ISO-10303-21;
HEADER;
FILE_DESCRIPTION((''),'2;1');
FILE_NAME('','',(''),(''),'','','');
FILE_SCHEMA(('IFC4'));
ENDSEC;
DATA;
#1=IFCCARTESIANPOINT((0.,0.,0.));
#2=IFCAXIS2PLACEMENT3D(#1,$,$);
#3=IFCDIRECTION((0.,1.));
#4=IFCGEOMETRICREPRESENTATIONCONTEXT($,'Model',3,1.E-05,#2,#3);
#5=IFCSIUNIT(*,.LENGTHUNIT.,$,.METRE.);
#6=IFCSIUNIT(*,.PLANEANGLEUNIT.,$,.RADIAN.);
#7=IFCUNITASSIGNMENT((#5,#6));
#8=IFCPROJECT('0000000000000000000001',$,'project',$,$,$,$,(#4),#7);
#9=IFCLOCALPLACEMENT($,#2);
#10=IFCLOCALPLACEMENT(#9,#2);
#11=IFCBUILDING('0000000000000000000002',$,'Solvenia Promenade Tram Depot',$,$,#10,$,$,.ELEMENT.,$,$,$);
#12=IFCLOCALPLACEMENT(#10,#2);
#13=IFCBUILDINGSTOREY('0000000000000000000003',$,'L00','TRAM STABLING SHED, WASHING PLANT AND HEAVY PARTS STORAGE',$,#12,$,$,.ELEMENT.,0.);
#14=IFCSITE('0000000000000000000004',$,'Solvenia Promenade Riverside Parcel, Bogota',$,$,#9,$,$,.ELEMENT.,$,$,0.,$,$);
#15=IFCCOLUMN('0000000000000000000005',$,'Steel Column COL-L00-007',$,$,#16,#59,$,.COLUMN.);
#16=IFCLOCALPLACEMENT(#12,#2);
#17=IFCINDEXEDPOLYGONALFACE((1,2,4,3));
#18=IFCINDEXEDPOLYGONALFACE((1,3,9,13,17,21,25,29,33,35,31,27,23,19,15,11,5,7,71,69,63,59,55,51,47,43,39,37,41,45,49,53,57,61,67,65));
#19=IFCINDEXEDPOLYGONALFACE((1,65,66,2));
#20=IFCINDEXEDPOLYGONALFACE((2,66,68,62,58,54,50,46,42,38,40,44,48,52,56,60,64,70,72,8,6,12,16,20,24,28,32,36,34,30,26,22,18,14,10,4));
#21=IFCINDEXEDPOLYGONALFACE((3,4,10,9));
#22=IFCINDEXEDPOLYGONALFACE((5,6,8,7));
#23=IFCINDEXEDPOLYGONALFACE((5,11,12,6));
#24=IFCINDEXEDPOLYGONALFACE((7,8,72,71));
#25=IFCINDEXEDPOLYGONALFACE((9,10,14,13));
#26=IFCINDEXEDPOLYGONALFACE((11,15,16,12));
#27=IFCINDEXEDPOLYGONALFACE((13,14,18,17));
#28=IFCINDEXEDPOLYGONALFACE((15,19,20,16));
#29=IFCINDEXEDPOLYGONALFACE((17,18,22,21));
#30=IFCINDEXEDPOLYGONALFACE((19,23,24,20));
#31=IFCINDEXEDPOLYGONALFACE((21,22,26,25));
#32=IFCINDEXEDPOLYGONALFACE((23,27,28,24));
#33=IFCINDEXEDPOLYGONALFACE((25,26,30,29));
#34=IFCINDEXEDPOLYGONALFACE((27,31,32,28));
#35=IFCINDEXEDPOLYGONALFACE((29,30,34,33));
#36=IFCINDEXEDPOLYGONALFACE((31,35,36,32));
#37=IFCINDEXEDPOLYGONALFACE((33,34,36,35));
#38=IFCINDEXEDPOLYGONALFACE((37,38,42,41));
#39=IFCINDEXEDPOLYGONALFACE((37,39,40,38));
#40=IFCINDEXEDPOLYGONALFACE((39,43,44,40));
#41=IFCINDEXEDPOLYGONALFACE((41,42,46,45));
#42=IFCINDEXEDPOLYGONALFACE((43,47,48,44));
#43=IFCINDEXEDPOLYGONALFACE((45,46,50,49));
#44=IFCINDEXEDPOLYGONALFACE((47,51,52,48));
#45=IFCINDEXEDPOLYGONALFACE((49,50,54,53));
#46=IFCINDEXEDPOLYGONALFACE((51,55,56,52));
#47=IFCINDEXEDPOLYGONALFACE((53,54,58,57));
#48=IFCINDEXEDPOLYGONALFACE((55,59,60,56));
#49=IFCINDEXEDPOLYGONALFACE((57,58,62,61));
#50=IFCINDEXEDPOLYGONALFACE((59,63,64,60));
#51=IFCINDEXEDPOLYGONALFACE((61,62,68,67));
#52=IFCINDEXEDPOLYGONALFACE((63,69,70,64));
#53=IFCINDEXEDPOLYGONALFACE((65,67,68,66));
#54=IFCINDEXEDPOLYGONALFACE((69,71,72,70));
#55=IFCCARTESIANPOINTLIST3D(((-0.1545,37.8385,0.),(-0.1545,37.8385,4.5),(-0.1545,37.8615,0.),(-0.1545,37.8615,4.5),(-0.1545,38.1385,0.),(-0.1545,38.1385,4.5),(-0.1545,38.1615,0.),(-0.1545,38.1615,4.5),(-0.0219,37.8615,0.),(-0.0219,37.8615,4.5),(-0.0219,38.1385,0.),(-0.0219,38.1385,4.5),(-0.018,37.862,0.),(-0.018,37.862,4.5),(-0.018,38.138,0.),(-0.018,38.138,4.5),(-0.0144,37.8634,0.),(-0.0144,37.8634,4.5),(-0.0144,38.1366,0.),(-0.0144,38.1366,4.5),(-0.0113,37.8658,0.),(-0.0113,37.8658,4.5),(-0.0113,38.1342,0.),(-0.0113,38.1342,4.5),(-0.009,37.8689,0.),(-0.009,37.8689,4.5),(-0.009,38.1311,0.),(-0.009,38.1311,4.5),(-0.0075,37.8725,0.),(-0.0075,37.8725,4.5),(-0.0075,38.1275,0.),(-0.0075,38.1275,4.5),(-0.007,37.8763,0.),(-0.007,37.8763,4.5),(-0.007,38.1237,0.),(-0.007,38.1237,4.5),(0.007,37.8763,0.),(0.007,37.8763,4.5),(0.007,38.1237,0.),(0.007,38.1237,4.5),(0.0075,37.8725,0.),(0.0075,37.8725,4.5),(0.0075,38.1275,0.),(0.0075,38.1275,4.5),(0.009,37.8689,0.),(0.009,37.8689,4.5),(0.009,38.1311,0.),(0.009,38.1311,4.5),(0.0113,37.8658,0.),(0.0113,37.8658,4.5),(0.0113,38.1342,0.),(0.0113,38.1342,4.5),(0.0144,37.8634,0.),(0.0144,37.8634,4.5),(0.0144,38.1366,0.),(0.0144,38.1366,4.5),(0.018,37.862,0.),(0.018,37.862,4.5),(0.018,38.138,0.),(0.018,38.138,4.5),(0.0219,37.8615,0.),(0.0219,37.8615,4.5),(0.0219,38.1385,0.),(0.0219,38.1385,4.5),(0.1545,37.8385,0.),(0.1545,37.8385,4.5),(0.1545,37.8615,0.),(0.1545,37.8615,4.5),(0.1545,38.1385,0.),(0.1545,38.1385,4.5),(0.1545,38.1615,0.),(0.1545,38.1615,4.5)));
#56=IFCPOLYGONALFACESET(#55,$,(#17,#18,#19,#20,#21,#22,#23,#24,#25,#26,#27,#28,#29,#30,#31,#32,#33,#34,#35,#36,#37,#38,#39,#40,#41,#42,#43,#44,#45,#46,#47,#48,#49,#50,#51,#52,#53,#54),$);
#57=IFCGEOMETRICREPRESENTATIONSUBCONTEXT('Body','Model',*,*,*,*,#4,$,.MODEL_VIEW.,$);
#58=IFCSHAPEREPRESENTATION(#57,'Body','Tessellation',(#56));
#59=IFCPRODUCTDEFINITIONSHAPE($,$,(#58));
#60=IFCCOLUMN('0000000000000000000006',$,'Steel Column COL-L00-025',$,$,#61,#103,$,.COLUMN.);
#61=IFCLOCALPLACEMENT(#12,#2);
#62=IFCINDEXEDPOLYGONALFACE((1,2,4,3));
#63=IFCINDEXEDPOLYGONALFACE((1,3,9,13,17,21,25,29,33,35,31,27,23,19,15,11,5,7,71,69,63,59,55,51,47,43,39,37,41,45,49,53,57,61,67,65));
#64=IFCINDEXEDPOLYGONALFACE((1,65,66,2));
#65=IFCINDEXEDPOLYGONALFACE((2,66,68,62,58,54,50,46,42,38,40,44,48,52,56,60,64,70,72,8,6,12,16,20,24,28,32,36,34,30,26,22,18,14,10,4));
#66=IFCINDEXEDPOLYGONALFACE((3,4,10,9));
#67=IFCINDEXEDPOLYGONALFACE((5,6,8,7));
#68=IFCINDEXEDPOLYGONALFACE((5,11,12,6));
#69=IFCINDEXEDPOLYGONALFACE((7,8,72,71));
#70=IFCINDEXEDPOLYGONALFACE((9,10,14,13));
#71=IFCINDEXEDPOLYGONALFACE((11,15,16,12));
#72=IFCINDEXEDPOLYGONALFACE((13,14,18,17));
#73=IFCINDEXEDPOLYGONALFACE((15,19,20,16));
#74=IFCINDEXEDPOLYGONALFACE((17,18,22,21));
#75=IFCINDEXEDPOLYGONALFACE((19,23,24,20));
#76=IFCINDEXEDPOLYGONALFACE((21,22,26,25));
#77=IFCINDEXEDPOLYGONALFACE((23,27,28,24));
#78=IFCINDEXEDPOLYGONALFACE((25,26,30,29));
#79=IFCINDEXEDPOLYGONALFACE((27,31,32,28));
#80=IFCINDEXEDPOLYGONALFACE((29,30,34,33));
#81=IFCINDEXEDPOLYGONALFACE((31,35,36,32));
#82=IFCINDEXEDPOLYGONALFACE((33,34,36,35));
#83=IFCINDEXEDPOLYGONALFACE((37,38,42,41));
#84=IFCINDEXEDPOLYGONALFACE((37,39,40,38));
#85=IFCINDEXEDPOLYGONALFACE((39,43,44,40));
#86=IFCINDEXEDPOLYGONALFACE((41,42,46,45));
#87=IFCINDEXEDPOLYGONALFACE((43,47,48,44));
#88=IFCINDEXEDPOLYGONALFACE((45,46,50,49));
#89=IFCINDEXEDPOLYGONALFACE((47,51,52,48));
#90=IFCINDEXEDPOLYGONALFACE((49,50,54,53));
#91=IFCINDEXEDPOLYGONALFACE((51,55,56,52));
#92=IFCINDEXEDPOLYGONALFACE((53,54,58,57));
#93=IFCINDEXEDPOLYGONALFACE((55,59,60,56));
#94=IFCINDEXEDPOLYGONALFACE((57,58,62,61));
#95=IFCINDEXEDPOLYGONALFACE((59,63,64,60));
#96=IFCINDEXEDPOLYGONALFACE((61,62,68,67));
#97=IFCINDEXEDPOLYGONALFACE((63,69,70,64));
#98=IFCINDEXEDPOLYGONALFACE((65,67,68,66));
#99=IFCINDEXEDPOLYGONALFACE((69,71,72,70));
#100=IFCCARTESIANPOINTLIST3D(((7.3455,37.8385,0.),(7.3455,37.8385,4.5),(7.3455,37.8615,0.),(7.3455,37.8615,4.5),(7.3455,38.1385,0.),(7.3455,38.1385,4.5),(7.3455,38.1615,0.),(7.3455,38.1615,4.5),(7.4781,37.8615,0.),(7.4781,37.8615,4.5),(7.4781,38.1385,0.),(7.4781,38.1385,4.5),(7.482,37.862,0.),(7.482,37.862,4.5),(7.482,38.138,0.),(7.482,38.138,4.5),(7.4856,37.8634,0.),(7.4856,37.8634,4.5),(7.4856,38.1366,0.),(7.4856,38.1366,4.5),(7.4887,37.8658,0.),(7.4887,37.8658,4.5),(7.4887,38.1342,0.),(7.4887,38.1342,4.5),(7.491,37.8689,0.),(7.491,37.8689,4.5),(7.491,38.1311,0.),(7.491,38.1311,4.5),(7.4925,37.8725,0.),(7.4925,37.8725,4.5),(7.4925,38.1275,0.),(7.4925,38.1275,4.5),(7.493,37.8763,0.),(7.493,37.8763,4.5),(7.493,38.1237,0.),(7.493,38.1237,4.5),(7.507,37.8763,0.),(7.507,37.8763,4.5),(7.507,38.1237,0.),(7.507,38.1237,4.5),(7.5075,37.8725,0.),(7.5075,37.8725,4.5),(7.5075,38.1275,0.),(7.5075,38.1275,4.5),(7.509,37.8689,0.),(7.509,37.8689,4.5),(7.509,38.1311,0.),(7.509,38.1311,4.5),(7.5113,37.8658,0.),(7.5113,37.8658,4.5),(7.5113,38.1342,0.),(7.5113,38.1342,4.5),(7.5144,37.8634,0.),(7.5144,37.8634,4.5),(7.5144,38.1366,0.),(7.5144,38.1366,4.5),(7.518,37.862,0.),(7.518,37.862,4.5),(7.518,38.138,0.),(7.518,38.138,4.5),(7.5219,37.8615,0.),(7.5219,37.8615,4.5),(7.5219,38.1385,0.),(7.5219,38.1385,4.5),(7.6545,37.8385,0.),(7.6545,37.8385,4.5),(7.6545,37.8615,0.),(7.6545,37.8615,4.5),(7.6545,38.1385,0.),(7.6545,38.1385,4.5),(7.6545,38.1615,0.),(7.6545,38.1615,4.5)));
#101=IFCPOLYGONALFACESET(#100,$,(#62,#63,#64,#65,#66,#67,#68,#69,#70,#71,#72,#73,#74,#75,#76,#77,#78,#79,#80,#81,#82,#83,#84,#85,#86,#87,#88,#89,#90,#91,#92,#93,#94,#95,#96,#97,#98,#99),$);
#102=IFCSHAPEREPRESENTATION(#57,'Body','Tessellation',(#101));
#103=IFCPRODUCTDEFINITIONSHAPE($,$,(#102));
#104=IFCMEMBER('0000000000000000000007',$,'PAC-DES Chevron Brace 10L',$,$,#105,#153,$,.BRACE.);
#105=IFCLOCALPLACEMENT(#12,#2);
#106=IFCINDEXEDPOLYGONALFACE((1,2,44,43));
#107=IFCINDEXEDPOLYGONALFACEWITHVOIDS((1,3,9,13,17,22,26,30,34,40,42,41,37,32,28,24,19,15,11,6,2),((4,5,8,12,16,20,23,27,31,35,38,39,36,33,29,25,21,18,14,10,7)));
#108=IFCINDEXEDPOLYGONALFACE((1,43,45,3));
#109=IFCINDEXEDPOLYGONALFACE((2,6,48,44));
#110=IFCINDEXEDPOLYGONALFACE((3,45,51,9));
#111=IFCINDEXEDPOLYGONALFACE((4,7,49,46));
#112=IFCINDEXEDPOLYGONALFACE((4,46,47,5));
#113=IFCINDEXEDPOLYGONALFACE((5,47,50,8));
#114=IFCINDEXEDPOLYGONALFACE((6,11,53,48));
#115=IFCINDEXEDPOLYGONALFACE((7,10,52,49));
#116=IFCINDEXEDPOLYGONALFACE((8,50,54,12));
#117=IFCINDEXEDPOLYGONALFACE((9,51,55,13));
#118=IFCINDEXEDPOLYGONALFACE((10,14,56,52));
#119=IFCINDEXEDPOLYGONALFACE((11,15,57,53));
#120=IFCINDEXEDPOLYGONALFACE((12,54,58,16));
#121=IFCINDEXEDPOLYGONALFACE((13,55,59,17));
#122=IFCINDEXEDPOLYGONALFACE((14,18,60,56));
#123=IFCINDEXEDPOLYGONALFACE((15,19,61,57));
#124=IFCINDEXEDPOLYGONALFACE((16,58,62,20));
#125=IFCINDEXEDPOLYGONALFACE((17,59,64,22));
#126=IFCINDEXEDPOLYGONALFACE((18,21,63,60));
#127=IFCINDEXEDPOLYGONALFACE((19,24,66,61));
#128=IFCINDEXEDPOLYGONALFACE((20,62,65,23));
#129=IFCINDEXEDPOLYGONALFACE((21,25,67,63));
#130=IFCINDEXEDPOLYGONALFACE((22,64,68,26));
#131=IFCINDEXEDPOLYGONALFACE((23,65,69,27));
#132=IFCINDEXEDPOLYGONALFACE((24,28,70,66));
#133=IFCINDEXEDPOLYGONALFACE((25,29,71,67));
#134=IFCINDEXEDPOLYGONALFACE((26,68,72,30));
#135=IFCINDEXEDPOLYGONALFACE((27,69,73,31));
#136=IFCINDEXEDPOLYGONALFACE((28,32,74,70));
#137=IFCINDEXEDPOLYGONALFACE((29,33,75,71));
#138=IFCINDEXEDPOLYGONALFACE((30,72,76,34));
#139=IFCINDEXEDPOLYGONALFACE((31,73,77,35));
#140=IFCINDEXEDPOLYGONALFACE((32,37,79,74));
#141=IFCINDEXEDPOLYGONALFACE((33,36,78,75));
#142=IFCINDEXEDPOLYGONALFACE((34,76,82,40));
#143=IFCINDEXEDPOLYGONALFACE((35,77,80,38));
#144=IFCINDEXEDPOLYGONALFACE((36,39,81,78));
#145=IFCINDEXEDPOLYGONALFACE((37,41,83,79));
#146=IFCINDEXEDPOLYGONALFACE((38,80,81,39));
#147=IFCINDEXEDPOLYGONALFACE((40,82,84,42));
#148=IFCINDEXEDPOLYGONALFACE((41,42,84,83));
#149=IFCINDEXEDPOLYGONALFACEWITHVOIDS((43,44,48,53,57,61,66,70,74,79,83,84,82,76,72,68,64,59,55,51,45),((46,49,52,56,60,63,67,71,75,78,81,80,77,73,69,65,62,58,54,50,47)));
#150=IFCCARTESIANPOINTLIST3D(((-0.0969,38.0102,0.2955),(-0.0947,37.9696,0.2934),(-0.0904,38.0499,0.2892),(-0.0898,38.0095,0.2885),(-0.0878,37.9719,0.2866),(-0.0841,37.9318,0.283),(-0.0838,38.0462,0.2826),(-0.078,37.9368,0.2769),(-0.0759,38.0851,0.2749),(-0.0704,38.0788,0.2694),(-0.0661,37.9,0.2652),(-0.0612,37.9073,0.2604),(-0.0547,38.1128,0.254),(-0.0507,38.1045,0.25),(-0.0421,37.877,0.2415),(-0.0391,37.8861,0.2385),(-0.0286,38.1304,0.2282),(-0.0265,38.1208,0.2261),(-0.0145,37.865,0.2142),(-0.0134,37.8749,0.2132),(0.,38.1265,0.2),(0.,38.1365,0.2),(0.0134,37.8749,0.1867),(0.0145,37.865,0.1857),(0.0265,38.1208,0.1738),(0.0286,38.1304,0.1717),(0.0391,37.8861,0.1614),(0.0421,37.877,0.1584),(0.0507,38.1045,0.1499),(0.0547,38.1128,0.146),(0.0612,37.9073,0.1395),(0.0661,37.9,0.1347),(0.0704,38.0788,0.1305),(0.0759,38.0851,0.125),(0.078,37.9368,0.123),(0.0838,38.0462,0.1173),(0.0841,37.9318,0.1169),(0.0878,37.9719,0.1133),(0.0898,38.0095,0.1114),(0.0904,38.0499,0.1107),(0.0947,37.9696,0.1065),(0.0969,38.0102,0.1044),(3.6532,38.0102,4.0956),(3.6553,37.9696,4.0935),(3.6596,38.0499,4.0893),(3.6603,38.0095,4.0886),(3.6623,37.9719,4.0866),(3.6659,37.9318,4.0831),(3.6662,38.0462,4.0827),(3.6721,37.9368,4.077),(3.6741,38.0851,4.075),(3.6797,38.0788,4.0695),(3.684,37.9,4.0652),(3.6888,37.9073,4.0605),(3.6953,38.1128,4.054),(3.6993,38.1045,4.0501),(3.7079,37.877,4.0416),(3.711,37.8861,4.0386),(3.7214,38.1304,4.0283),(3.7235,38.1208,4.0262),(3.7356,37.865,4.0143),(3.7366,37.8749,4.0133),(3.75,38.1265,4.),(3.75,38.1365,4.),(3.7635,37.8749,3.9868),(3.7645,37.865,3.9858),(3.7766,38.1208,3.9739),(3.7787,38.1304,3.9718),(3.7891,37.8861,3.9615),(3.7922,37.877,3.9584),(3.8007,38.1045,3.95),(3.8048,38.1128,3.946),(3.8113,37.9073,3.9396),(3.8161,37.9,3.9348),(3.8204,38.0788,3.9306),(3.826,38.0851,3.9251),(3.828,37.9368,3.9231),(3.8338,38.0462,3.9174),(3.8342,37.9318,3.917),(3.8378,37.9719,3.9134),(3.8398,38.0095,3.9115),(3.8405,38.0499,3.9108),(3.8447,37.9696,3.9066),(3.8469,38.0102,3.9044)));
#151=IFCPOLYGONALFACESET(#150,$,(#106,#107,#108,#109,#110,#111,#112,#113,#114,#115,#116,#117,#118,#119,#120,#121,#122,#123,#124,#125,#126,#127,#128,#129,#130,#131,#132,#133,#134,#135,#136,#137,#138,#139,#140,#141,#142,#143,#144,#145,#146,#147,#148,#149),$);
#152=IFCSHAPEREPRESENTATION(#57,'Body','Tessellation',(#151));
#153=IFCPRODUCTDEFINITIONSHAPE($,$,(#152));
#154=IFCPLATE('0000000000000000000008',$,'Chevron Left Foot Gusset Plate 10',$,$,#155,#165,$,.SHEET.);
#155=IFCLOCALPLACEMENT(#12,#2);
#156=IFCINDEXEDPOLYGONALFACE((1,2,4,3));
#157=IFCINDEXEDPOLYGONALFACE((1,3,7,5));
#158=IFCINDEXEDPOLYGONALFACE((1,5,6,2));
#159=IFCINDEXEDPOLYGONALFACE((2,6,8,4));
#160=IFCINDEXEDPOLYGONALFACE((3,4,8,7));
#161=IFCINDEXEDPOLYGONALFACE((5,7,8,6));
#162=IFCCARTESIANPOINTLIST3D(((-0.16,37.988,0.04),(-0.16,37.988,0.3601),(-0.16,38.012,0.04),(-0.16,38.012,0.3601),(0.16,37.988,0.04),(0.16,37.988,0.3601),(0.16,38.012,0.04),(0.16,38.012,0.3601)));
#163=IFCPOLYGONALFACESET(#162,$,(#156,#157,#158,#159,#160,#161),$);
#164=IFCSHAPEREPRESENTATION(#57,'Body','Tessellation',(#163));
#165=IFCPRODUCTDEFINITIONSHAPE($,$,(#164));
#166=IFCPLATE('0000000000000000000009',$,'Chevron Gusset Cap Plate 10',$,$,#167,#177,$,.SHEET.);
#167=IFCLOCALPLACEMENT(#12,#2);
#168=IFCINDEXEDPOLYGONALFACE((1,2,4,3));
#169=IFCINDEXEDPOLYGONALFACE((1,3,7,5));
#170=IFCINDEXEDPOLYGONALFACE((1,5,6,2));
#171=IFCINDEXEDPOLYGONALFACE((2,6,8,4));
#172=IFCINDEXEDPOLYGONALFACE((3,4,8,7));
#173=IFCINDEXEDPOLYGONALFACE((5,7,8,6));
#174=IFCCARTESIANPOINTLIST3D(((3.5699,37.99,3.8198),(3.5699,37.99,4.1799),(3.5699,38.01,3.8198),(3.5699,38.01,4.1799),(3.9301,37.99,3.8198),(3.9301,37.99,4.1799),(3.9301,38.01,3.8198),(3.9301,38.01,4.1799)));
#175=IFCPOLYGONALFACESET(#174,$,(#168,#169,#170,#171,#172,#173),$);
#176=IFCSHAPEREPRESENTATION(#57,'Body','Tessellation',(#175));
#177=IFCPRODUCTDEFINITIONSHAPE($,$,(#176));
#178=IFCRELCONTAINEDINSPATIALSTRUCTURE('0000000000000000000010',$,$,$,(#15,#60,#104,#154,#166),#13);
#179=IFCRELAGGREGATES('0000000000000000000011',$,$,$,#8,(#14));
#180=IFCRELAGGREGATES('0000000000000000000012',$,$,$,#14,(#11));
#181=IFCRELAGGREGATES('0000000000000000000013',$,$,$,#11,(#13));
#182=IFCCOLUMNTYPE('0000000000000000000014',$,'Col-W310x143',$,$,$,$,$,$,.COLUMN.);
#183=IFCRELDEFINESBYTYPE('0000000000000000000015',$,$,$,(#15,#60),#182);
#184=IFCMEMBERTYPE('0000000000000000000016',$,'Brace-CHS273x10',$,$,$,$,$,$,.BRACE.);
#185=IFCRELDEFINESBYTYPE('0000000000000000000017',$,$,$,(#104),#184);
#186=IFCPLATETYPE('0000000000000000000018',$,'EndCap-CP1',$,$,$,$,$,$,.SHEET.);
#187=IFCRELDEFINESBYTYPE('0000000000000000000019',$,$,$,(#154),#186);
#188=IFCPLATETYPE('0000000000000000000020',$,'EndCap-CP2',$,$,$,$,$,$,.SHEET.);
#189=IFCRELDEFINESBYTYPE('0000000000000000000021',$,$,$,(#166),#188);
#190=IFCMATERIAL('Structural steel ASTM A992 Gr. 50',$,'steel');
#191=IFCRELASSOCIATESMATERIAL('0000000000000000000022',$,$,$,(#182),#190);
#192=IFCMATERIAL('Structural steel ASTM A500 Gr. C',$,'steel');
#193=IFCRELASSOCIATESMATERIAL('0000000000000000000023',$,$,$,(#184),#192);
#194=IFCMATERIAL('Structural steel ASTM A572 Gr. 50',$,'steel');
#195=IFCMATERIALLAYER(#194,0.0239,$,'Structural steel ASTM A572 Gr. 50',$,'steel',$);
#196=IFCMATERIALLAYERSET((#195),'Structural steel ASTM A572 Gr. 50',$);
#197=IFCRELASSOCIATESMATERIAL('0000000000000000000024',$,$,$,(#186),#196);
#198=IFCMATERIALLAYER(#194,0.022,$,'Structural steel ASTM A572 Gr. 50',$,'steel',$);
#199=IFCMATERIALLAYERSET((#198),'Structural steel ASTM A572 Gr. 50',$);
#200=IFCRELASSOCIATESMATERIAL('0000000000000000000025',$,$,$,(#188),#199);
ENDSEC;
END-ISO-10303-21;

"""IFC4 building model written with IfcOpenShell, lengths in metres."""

from ifc_helpers import new_model, si_unit, direction, frame, origin, origin_2d, place, context, subcontext, project, spatial, rectangle, hollow_circle, i_section, extrude, material, layer, layer_set, material_profile, profile_set, type_object, element, save


model = new_model("IFC4")

# Units and contexts
model_context = context("Model", 3, precision=1e-05, world=origin(), true_north=direction((0.0, 1.0)))
body_context = subcontext(model_context, "Body", "Model", "MODEL_VIEW")
ifc_project = project(units=[si_unit("LENGTHUNIT", "METRE"), si_unit("PLANEANGLEUNIT", "RADIAN")], contexts=[model_context])

# Site, building, storey
site_placement = place(None, origin())
site = spatial("IfcSite", under=ifc_project, at=site_placement, Name="Solvenia Promenade Riverside Parcel, Bogota", CompositionType="ELEMENT", RefElevation=0.0)
building_placement = place(site_placement, origin())
building = spatial("IfcBuilding", under=site, at=building_placement, Name="Solvenia Promenade Tram Depot", CompositionType="ELEMENT")
storey_placement = place(building_placement, origin())
storey = spatial("IfcBuildingStorey", under=building, at=storey_placement, Name="L00", Description="TRAM STABLING SHED, WASHING PLANT AND HEAVY PARTS STORAGE", CompositionType="ELEMENT", Elevation=0.0)

# Columns
ifc_material_1 = material(Name="Structural steel ASTM A992 Gr. 50", Category="steel")
ifc_material_profile_1 = material_profile(ifc_material_1, i_section(OverallWidth=0.3091, OverallDepth=0.323, WebThickness=0.0139, FlangeThickness=0.0229, FilletRadius=0.0149, at=origin_2d()), Name="W310x143", Category="steel")
ifc_profile_set_1 = profile_set([ifc_material_profile_1], Name="Structural steel ASTM A992 Gr. 50")
column_type = type_object("IfcColumnType", Name="Col-W310x143", PredefinedType="COLUMN", material=ifc_profile_set_1)
for number, where, z_axis, x_axis, name in (
    (1, (0.0, 38.0, 0.0), (0.0, 0.0, 1.0), (1.0, 0.0, 0.0), "Steel Column COL-L00-007"),
    (2, (7.5, 38.0, 0.0), (0.0, 0.0, 1.0), (1.0, 0.0, 0.0), "Steel Column COL-L00-025"),
):
    element("IfcColumn", number, at=place(storey_placement, frame(where, z_axis=z_axis, x_axis=x_axis)), inside=storey, type_object=column_type, Name=name, PredefinedType="COLUMN", context=body_context, shape_type="SweptSolid", body=[
        extrude(i_section(OverallWidth=0.3091, OverallDepth=0.323, WebThickness=0.0139, FlangeThickness=0.0229, FilletRadius=0.0149, at=origin_2d()), origin(), (0.0, 0.0, 1.0), 4.5),
    ])

# Member
ifc_material_2 = material(Name="Structural steel ASTM A500 Gr. C", Category="steel")
ifc_material_profile_2 = material_profile(ifc_material_2, hollow_circle(Radius=0.1365, WallThickness=0.01, at=origin_2d()), Name="CHS273.0x10", Category="steel")
ifc_profile_set_2 = profile_set([ifc_material_profile_2], Name="Structural steel ASTM A500 Gr. C")
member_type = type_object("IfcMemberType", Name="Brace-CHS273x10", PredefinedType="BRACE", material=ifc_profile_set_2)
member_placement = place(storey_placement, frame((0.0, 38.0, 0.2), z_axis=(0.702404, 0.0, 0.711779), x_axis=(0.0, 1.0, 0.0)))
element("IfcMember", 3, at=member_placement, inside=storey, type_object=member_type, Name="PAC-DES Chevron Brace 10L", PredefinedType="BRACE", context=body_context, shape_type="SweptSolid", body=[
    extrude(hollow_circle(Radius=0.1365, WallThickness=0.01, at=origin_2d()), origin(), (0.0, 0.0, 1.0), 5.3389),
])

# Plates
ifc_material_3 = material(Name="Structural steel ASTM A572 Gr. 50", Category="steel")
ifc_layer_1 = layer(ifc_material_3, 0.0239, Name="Structural steel ASTM A572 Gr. 50", Category="steel")
ifc_layer_set_1 = layer_set([ifc_layer_1], Name="Structural steel ASTM A572 Gr. 50")
plate_type_1 = type_object("IfcPlateType", Name="EndCap-CP1", PredefinedType="SHEET", material=ifc_layer_set_1)
plate_1_placement = place(storey_placement, frame((0.0, 38.0, 0.04), z_axis=(0.0, 0.0, 1.0), x_axis=(1.0, 0.0, 0.0)))
element("IfcPlate", 4, at=plate_1_placement, inside=storey, type_object=plate_type_1, Name="Chevron Left Foot Gusset Plate 10", PredefinedType="SHEET", context=body_context, shape_type="SweptSolid", body=[
    extrude(rectangle(XDim=0.3201, YDim=0.0239, at=origin_2d()), origin(), (0.0, 0.0, 1.0), 0.3201),
])
ifc_layer_2 = layer(ifc_material_3, 0.022, Name="Structural steel ASTM A572 Gr. 50", Category="steel")
ifc_layer_set_2 = layer_set([ifc_layer_2], Name="Structural steel ASTM A572 Gr. 50")
plate_type_2 = type_object("IfcPlateType", Name="EndCap-CP2", PredefinedType="SHEET", material=ifc_layer_set_2)
plate_2_placement = place(storey_placement, frame((3.75, 38.0, 3.8198), z_axis=(0.0, 0.0, 1.0), x_axis=(1.0, 0.0, 0.0)))
element("IfcPlate", 5, at=plate_2_placement, inside=storey, type_object=plate_type_2, Name="Chevron Gusset Cap Plate 10", PredefinedType="SHEET", context=body_context, shape_type="SweptSolid", body=[
    extrude(rectangle(XDim=0.3601, YDim=0.02, at=origin_2d()), origin(), (0.0, 0.0, 1.0), 0.3601),
])

save(model, "model.ifc")
